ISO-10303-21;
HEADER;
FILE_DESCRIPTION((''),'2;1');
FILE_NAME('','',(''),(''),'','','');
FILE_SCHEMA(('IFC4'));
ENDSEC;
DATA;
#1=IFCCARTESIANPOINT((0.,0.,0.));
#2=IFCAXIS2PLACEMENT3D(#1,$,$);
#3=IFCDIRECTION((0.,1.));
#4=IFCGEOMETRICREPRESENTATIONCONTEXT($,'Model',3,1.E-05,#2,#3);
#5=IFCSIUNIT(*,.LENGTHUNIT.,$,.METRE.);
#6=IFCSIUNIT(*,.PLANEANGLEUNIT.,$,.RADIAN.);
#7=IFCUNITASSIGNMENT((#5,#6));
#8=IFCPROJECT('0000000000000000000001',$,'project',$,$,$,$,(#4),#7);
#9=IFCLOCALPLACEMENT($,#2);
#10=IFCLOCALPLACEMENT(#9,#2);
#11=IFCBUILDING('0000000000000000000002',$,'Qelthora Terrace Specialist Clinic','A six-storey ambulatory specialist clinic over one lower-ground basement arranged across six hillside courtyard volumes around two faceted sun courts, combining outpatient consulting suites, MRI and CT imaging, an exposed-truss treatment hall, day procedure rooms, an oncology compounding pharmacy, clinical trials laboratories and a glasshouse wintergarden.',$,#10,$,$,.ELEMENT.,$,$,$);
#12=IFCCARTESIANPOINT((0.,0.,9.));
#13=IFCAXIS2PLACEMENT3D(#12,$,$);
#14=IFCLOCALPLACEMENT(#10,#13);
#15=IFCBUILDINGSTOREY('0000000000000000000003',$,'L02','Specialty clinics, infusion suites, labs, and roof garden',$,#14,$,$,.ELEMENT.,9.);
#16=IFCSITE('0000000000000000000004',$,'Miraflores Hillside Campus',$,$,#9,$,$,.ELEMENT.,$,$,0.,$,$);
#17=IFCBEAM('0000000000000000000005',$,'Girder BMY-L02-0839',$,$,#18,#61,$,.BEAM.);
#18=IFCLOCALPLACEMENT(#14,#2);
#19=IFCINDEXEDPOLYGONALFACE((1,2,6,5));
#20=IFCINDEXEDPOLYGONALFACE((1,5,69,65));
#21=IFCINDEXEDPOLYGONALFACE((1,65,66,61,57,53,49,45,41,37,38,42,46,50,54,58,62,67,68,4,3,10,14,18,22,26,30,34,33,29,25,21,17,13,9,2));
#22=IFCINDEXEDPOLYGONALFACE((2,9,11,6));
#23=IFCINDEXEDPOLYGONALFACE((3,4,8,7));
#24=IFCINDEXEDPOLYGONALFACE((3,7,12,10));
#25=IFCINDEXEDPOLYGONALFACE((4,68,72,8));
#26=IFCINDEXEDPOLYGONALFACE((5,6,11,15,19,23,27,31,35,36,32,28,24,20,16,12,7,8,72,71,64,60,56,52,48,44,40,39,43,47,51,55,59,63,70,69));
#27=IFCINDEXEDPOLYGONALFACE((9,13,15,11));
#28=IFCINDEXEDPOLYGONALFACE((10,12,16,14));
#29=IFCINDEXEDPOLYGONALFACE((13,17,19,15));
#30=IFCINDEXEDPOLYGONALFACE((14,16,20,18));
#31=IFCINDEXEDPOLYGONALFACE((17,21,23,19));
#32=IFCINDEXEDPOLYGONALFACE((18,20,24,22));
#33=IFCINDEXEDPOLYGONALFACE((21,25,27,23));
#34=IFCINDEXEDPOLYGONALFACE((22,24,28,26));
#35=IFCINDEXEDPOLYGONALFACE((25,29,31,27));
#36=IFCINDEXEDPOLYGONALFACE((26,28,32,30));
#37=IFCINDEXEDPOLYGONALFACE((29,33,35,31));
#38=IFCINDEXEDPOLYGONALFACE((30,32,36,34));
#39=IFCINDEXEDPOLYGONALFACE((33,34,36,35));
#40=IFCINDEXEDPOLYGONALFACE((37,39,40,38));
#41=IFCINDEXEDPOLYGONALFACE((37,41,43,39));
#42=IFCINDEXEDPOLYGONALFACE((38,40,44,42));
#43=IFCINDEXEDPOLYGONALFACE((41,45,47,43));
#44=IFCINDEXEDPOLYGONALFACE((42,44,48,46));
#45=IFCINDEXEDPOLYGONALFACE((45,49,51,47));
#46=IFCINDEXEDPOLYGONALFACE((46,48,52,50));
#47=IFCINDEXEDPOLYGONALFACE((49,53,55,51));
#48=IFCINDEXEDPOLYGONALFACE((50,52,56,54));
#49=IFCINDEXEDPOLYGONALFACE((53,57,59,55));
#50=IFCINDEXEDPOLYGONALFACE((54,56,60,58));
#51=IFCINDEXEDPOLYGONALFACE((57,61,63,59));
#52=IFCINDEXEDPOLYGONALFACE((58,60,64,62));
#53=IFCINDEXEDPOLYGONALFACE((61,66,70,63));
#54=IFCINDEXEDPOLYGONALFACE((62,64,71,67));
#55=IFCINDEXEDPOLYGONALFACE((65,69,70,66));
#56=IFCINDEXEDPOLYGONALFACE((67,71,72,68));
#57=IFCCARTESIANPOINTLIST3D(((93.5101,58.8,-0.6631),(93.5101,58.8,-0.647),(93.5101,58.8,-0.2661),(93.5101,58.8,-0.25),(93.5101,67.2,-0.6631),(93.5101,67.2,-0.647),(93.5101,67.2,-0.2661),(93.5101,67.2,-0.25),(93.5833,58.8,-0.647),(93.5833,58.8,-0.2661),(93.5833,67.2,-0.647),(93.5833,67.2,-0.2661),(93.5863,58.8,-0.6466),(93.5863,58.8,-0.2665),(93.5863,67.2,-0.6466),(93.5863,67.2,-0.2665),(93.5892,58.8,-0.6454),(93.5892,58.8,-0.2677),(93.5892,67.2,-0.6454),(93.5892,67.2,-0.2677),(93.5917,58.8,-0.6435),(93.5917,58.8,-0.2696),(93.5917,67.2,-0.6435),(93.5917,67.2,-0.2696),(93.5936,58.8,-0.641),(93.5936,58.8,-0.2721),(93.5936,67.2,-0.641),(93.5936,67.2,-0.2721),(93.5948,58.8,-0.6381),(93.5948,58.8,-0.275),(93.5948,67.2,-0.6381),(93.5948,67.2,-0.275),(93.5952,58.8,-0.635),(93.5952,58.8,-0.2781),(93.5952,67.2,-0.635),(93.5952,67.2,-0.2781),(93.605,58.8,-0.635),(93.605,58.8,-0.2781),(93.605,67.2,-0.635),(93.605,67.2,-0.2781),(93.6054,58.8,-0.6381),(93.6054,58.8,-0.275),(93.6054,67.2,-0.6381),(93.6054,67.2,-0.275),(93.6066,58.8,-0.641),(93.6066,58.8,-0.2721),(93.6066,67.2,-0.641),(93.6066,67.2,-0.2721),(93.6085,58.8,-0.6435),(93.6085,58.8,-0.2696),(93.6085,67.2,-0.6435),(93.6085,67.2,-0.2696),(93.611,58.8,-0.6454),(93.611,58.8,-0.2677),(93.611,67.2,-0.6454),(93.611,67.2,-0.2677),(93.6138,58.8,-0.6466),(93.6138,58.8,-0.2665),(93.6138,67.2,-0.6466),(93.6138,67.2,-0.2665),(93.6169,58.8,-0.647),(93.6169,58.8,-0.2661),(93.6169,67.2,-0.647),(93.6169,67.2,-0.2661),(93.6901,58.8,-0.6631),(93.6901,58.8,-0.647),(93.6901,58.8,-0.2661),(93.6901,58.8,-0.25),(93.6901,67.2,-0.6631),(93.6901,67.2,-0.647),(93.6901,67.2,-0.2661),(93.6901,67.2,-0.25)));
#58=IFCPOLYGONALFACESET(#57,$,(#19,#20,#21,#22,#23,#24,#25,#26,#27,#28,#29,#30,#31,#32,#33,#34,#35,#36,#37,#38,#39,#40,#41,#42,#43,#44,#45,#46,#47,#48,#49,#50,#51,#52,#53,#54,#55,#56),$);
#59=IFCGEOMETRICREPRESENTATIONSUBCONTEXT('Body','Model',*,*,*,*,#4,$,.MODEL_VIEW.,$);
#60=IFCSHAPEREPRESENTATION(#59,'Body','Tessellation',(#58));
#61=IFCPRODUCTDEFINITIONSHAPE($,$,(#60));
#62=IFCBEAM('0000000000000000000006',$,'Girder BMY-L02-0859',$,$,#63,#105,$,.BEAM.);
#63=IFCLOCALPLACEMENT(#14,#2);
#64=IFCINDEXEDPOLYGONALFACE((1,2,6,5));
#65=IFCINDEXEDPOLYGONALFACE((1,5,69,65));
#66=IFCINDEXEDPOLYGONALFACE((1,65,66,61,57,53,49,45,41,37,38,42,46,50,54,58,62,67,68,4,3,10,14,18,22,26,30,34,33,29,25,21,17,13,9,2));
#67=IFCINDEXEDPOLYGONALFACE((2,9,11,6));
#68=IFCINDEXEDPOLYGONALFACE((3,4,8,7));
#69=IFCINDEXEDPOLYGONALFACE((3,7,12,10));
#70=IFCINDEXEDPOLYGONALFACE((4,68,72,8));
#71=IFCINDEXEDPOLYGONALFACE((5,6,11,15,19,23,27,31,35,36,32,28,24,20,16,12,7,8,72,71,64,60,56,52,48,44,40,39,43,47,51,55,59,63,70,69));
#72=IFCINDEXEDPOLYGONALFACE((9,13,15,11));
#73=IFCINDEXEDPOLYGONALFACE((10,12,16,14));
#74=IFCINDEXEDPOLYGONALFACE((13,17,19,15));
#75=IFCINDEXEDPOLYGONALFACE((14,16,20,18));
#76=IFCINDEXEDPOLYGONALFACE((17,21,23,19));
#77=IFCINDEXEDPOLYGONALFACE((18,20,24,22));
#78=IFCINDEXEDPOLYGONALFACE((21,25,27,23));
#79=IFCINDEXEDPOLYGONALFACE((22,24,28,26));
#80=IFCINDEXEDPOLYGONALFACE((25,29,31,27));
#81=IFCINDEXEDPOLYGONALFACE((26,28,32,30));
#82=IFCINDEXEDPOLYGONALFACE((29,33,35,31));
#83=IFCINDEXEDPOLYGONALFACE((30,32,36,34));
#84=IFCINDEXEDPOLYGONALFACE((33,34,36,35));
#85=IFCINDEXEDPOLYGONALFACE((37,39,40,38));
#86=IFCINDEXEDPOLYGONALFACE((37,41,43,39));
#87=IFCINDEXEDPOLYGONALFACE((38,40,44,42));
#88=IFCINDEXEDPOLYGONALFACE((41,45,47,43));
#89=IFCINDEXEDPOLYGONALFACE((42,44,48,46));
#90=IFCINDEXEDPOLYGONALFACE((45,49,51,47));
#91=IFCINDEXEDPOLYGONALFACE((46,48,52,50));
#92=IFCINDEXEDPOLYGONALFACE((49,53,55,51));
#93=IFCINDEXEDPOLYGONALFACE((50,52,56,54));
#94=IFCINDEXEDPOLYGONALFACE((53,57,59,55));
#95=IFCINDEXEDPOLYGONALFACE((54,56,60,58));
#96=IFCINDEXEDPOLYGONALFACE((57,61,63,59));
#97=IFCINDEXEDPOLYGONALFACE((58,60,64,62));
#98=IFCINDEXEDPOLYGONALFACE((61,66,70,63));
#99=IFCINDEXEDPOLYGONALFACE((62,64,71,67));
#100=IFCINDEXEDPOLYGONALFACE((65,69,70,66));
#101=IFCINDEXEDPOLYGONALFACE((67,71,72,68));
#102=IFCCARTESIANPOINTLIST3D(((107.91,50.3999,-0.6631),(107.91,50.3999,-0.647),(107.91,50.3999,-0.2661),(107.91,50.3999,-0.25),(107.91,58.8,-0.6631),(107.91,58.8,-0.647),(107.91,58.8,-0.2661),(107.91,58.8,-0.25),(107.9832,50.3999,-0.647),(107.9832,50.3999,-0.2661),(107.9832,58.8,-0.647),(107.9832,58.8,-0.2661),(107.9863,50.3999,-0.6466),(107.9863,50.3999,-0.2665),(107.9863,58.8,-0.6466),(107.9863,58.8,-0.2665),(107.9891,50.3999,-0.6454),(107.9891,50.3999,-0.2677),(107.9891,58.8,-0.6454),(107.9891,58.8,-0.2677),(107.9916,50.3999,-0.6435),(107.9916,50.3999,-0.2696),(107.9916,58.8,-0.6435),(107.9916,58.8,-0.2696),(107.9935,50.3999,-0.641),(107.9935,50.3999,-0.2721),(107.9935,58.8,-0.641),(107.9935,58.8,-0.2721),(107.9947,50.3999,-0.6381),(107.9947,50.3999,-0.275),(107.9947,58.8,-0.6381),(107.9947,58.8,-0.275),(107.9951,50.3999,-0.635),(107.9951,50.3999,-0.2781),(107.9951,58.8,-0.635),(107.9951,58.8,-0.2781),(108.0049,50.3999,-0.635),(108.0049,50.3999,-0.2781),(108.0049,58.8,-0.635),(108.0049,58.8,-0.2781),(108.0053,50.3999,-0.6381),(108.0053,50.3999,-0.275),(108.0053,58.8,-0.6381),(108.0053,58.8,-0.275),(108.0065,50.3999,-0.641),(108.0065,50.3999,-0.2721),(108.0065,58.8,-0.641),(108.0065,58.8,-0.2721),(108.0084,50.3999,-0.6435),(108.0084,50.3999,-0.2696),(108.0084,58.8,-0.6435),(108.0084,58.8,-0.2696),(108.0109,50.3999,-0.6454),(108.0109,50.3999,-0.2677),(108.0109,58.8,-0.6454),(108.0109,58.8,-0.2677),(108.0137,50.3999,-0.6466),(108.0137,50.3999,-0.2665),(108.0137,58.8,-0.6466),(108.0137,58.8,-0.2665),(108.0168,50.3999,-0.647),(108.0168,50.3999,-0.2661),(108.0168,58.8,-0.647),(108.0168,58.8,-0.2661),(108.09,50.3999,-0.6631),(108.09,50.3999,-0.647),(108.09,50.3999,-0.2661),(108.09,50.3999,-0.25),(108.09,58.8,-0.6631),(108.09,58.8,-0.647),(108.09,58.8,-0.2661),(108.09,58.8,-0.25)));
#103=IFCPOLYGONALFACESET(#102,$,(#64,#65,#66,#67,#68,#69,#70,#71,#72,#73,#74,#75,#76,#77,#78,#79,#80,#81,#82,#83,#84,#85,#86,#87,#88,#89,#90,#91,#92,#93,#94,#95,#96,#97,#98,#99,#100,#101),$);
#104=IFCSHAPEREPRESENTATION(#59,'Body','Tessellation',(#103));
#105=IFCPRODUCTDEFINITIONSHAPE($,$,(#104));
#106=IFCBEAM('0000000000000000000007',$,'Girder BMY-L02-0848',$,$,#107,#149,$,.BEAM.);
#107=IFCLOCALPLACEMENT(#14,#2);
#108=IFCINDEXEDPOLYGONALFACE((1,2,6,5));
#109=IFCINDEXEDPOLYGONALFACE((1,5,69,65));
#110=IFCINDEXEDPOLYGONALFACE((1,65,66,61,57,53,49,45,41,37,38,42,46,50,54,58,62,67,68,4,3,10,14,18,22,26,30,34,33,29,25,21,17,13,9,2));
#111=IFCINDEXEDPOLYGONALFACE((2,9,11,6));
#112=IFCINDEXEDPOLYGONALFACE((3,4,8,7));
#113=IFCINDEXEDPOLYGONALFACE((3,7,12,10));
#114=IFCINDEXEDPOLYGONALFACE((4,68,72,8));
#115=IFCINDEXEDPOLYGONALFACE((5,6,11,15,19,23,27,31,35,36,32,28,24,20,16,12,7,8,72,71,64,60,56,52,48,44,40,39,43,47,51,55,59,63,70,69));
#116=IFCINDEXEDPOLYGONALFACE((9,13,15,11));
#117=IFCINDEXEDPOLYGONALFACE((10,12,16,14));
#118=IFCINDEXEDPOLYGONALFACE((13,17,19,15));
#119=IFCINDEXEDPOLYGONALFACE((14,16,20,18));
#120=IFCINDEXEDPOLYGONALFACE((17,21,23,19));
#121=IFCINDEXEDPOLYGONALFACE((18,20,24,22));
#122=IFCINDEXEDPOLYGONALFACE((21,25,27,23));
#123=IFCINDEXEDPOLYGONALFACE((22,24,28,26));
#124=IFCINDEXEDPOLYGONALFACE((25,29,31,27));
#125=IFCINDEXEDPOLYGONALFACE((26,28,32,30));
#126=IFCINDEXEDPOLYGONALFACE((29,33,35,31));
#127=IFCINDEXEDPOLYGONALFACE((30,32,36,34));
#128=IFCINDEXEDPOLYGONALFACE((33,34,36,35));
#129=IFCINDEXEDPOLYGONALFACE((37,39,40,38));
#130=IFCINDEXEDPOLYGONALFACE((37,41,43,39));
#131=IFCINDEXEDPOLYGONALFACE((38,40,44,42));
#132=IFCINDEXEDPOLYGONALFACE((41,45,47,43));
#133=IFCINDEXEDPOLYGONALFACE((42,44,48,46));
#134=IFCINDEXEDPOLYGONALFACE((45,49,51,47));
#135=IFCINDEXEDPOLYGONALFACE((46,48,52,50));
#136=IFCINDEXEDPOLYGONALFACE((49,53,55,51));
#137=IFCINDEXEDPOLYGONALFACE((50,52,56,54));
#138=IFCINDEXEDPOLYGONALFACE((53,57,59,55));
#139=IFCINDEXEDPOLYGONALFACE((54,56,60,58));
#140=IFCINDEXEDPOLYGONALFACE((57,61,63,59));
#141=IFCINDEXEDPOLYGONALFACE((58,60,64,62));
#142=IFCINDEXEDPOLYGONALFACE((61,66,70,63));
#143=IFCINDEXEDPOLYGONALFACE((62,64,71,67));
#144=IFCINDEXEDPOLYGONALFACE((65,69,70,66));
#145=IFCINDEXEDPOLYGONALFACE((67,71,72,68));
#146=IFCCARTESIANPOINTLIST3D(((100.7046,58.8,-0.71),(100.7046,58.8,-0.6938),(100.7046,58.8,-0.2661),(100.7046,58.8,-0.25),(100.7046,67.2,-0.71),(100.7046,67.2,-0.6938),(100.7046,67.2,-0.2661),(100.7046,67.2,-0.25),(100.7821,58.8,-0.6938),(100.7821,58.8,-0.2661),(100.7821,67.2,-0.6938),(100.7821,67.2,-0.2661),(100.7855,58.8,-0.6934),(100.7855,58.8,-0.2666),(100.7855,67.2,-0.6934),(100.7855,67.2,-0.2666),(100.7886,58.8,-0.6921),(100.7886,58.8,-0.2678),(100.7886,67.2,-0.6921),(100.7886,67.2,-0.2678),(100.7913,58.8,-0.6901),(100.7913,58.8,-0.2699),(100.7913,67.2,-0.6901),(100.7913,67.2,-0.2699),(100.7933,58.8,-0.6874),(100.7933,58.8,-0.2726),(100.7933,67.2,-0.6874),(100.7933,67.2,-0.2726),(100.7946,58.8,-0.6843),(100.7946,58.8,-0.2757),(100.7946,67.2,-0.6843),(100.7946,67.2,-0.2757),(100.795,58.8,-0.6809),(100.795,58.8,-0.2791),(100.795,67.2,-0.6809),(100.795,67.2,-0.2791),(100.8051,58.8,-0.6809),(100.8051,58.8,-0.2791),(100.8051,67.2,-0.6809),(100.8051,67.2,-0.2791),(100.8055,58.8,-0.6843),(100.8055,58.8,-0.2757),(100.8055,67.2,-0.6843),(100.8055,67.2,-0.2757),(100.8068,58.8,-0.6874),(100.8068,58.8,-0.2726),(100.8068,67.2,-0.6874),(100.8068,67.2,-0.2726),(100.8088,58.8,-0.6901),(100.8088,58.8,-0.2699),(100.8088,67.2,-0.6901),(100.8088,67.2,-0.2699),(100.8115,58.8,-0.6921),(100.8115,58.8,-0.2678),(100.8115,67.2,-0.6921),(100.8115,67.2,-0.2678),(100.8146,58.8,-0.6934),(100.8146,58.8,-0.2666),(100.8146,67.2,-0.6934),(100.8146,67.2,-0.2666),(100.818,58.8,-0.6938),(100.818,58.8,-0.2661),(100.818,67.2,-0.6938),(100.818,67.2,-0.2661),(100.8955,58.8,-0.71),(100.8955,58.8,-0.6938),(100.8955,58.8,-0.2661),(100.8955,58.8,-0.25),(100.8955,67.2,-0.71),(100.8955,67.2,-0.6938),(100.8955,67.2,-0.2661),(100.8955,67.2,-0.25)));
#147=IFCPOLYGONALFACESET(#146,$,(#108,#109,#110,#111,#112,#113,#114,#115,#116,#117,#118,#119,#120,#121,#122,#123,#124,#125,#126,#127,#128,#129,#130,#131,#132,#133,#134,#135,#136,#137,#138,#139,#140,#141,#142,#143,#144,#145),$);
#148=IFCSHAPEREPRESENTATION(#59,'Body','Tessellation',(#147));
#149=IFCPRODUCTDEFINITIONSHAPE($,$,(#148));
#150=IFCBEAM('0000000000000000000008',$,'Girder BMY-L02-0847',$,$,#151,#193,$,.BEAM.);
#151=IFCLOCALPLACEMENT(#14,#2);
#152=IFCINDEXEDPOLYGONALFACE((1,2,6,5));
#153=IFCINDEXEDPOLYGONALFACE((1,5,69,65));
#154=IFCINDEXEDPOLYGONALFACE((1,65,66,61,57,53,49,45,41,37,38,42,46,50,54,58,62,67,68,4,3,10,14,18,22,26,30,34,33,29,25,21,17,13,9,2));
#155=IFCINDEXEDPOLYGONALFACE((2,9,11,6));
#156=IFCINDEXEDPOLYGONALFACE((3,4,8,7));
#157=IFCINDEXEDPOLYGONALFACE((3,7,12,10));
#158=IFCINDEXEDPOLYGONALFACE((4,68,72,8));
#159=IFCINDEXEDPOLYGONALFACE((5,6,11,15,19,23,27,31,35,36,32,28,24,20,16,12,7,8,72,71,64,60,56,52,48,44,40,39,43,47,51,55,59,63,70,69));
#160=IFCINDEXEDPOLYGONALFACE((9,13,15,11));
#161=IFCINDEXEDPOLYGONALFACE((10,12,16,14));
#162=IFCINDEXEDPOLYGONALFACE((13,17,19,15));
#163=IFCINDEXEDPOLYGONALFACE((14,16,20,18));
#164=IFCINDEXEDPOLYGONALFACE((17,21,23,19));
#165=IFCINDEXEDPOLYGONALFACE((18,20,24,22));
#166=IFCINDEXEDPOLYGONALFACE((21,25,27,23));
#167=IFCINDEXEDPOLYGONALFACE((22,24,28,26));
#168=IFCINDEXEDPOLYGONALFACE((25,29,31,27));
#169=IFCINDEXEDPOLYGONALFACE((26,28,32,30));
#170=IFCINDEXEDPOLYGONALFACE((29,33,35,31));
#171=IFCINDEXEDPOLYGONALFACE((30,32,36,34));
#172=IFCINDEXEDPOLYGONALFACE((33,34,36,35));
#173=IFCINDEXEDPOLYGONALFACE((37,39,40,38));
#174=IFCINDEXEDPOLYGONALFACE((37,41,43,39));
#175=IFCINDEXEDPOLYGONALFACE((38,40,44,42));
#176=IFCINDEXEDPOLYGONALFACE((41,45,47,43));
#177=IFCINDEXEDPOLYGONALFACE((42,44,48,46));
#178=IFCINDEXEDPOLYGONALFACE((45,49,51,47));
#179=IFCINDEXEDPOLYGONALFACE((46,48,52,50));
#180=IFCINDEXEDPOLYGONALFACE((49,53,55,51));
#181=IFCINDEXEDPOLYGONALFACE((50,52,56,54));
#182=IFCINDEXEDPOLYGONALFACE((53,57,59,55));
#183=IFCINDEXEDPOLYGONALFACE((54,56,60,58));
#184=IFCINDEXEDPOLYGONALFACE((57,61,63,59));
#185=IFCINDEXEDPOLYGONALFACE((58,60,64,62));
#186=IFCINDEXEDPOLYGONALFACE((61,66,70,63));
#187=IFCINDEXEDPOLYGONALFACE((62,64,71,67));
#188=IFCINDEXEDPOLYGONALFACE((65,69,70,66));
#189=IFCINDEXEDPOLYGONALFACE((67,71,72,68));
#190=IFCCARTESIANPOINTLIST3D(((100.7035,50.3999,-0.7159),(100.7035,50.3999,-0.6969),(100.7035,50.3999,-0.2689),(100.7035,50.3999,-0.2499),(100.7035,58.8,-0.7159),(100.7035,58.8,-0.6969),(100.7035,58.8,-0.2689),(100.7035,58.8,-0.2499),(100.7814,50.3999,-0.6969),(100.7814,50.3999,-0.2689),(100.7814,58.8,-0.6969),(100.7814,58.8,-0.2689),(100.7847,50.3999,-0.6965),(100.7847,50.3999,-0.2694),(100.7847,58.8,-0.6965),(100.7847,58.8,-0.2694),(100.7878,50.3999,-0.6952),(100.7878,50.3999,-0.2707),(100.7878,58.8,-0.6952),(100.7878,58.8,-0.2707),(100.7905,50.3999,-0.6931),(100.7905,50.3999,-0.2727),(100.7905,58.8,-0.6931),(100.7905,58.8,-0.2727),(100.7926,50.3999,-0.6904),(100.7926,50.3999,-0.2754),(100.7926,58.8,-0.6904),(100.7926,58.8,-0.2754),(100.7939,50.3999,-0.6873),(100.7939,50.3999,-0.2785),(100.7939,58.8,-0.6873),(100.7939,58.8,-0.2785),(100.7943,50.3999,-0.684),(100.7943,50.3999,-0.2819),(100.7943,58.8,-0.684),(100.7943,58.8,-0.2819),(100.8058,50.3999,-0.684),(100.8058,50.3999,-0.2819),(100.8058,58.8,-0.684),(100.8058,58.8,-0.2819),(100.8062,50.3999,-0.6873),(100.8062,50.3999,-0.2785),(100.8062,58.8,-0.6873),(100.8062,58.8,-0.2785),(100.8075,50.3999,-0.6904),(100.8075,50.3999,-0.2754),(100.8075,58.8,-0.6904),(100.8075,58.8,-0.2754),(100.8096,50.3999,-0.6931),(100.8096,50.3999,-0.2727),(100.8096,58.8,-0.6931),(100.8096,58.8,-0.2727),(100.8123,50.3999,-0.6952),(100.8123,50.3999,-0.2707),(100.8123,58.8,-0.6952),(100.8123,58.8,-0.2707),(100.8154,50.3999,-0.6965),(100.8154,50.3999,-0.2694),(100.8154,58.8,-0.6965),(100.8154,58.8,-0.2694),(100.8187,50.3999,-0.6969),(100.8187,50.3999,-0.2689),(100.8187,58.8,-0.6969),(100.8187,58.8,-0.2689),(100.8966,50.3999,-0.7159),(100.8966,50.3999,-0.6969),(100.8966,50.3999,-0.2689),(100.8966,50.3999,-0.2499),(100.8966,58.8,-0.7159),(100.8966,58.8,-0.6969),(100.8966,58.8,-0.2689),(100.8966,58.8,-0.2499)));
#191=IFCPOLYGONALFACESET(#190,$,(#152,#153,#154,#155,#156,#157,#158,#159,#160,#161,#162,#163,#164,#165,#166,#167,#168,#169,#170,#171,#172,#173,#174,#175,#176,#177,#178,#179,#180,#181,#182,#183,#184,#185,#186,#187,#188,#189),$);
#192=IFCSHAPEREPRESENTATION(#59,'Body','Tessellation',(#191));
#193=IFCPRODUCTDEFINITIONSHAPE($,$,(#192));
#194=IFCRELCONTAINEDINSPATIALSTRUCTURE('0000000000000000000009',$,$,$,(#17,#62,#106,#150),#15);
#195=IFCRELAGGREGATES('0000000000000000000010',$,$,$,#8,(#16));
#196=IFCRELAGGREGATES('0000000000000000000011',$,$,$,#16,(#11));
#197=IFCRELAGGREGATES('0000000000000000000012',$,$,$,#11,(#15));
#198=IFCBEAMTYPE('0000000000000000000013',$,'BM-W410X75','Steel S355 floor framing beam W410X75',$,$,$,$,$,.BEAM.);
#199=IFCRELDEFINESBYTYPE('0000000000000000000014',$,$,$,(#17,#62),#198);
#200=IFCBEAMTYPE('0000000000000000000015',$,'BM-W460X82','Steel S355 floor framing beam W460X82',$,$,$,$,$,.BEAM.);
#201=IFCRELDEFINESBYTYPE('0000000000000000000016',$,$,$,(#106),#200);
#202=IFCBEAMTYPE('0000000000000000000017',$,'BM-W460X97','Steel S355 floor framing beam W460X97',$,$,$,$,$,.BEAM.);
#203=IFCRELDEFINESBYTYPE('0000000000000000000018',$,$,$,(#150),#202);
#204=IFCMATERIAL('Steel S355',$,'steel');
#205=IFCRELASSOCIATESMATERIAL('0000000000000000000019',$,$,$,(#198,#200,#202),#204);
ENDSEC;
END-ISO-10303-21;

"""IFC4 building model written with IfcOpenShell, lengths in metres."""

from ifc_helpers import new_model, si_unit, direction, frame, origin, origin_2d, place, context, subcontext, project, spatial, i_section, extrude, material, material_profile, profile_set, type_object, element, save


model = new_model("IFC4")

# Units and contexts
model_context = context("Model", 3, precision=1e-05, world=origin(), true_north=direction((0.0, 1.0)))
body_context = subcontext(model_context, "Body", "Model", "MODEL_VIEW")
ifc_project = project(units=[si_unit("LENGTHUNIT", "METRE"), si_unit("PLANEANGLEUNIT", "RADIAN")], contexts=[model_context])

# Site, building, storey
site_placement = place(None, origin())
site = spatial("IfcSite", under=ifc_project, at=site_placement, Name="Miraflores Hillside Campus", CompositionType="ELEMENT", RefElevation=0.0)
building_placement = place(site_placement, origin())
building = spatial("IfcBuilding", under=site, at=building_placement, Name="Qelthora Terrace Specialist Clinic", Description="A six-storey ambulatory specialist clinic over one lower-ground basement arranged across six hillside courtyard volumes around two faceted sun courts, combining outpatient consulting suites, MRI and CT imaging, an exposed-truss treatment hall, day procedure rooms, an oncology compounding pharmacy, clinical trials laboratories and a glasshouse wintergarden.", CompositionType="ELEMENT")
storey_placement = place(building_placement, frame((0.0, 0.0, 9.0)))
storey = spatial("IfcBuildingStorey", under=building, at=storey_placement, Name="L02", Description="Specialty clinics, infusion suites, labs, and roof garden", CompositionType="ELEMENT", Elevation=9.0)

# Shared definitions
ifc_material_1 = material(Name="Steel S355", Category="steel")

# Beams
ifc_material_profile_1 = material_profile(ifc_material_1, i_section(OverallWidth=0.1799, OverallDepth=0.4131, WebThickness=0.0098, FlangeThickness=0.0161, FilletRadius=0.012, at=origin_2d()), Name="W410X75")
ifc_profile_set_1 = profile_set([ifc_material_profile_1], Name="Steel S355")
beam_type_1 = type_object("IfcBeamType", Name="BM-W410X75", Description="Steel S355 floor framing beam W410X75", PredefinedType="BEAM", material=ifc_profile_set_1)
beam_1_placement = place(storey_placement, frame((93.6001, 58.8, -0.4565), z_axis=(0.0, 1.0, 0.0), x_axis=(-1.0, 0.0, 0.0)))
element("IfcBeam", 1, at=beam_1_placement, inside=storey, type_object=beam_type_1, Name="Girder BMY-L02-0839", PredefinedType="BEAM", context=body_context, shape_type="SweptSolid", body=[
    extrude(i_section(OverallWidth=0.1799, OverallDepth=0.4131, WebThickness=0.0098, FlangeThickness=0.0161, FilletRadius=0.012, at=origin_2d()), origin(), (0.0, 0.0, 1.0), 8.3999),
])
beam_2_placement = place(storey_placement, frame((108.0, 50.3999, -0.4565), z_axis=(0.0, 1.0, 0.0), x_axis=(-1.0, 0.0, 0.0)))
element("IfcBeam", 2, at=beam_2_placement, inside=storey, type_object=beam_type_1, Name="Girder BMY-L02-0859", PredefinedType="BEAM", context=body_context, shape_type="SweptSolid", body=[
    extrude(i_section(OverallWidth=0.1799, OverallDepth=0.4131, WebThickness=0.0098, FlangeThickness=0.0161, FilletRadius=0.012, at=origin_2d()), origin(), (0.0, 0.0, 1.0), 8.4001),
])
ifc_material_profile_2 = material_profile(ifc_material_1, i_section(OverallWidth=0.1909, OverallDepth=0.46, WebThickness=0.01, FlangeThickness=0.0161, FilletRadius=0.0129, at=origin_2d()), Name="W460X82")
ifc_profile_set_2 = profile_set([ifc_material_profile_2], Name="Steel S355")
beam_type_2 = type_object("IfcBeamType", Name="BM-W460X82", Description="Steel S355 floor framing beam W460X82", PredefinedType="BEAM", material=ifc_profile_set_2)
beam_3_placement = place(storey_placement, frame((100.8, 58.8, -0.48), z_axis=(0.0, 1.0, 0.0), x_axis=(-1.0, 0.0, 0.0)))
element("IfcBeam", 3, at=beam_3_placement, inside=storey, type_object=beam_type_2, Name="Girder BMY-L02-0848", PredefinedType="BEAM", context=body_context, shape_type="SweptSolid", body=[
    extrude(i_section(OverallWidth=0.1909, OverallDepth=0.46, WebThickness=0.01, FlangeThickness=0.0161, FilletRadius=0.0129, at=origin_2d()), origin(), (0.0, 0.0, 1.0), 8.3999),
])
ifc_material_profile_3 = material_profile(ifc_material_1, i_section(OverallWidth=0.1931, OverallDepth=0.4661, WebThickness=0.0115, FlangeThickness=0.019, FilletRadius=0.0129, at=origin_2d()), Name="W460X97")
ifc_profile_set_3 = profile_set([ifc_material_profile_3], Name="Steel S355")
beam_type_3 = type_object("IfcBeamType", Name="BM-W460X97", Description="Steel S355 floor framing beam W460X97", PredefinedType="BEAM", material=ifc_profile_set_3)
beam_4_placement = place(storey_placement, frame((100.8, 50.3999, -0.4829), z_axis=(0.0, 1.0, 0.0), x_axis=(-1.0, 0.0, 0.0)))
element("IfcBeam", 4, at=beam_4_placement, inside=storey, type_object=beam_type_3, Name="Girder BMY-L02-0847", PredefinedType="BEAM", context=body_context, shape_type="SweptSolid", body=[
    extrude(i_section(OverallWidth=0.1931, OverallDepth=0.4661, WebThickness=0.0115, FlangeThickness=0.019, FilletRadius=0.0129, at=origin_2d()), origin(), (0.0, 0.0, 1.0), 8.4001),
])

save(model, "model.ifc")
